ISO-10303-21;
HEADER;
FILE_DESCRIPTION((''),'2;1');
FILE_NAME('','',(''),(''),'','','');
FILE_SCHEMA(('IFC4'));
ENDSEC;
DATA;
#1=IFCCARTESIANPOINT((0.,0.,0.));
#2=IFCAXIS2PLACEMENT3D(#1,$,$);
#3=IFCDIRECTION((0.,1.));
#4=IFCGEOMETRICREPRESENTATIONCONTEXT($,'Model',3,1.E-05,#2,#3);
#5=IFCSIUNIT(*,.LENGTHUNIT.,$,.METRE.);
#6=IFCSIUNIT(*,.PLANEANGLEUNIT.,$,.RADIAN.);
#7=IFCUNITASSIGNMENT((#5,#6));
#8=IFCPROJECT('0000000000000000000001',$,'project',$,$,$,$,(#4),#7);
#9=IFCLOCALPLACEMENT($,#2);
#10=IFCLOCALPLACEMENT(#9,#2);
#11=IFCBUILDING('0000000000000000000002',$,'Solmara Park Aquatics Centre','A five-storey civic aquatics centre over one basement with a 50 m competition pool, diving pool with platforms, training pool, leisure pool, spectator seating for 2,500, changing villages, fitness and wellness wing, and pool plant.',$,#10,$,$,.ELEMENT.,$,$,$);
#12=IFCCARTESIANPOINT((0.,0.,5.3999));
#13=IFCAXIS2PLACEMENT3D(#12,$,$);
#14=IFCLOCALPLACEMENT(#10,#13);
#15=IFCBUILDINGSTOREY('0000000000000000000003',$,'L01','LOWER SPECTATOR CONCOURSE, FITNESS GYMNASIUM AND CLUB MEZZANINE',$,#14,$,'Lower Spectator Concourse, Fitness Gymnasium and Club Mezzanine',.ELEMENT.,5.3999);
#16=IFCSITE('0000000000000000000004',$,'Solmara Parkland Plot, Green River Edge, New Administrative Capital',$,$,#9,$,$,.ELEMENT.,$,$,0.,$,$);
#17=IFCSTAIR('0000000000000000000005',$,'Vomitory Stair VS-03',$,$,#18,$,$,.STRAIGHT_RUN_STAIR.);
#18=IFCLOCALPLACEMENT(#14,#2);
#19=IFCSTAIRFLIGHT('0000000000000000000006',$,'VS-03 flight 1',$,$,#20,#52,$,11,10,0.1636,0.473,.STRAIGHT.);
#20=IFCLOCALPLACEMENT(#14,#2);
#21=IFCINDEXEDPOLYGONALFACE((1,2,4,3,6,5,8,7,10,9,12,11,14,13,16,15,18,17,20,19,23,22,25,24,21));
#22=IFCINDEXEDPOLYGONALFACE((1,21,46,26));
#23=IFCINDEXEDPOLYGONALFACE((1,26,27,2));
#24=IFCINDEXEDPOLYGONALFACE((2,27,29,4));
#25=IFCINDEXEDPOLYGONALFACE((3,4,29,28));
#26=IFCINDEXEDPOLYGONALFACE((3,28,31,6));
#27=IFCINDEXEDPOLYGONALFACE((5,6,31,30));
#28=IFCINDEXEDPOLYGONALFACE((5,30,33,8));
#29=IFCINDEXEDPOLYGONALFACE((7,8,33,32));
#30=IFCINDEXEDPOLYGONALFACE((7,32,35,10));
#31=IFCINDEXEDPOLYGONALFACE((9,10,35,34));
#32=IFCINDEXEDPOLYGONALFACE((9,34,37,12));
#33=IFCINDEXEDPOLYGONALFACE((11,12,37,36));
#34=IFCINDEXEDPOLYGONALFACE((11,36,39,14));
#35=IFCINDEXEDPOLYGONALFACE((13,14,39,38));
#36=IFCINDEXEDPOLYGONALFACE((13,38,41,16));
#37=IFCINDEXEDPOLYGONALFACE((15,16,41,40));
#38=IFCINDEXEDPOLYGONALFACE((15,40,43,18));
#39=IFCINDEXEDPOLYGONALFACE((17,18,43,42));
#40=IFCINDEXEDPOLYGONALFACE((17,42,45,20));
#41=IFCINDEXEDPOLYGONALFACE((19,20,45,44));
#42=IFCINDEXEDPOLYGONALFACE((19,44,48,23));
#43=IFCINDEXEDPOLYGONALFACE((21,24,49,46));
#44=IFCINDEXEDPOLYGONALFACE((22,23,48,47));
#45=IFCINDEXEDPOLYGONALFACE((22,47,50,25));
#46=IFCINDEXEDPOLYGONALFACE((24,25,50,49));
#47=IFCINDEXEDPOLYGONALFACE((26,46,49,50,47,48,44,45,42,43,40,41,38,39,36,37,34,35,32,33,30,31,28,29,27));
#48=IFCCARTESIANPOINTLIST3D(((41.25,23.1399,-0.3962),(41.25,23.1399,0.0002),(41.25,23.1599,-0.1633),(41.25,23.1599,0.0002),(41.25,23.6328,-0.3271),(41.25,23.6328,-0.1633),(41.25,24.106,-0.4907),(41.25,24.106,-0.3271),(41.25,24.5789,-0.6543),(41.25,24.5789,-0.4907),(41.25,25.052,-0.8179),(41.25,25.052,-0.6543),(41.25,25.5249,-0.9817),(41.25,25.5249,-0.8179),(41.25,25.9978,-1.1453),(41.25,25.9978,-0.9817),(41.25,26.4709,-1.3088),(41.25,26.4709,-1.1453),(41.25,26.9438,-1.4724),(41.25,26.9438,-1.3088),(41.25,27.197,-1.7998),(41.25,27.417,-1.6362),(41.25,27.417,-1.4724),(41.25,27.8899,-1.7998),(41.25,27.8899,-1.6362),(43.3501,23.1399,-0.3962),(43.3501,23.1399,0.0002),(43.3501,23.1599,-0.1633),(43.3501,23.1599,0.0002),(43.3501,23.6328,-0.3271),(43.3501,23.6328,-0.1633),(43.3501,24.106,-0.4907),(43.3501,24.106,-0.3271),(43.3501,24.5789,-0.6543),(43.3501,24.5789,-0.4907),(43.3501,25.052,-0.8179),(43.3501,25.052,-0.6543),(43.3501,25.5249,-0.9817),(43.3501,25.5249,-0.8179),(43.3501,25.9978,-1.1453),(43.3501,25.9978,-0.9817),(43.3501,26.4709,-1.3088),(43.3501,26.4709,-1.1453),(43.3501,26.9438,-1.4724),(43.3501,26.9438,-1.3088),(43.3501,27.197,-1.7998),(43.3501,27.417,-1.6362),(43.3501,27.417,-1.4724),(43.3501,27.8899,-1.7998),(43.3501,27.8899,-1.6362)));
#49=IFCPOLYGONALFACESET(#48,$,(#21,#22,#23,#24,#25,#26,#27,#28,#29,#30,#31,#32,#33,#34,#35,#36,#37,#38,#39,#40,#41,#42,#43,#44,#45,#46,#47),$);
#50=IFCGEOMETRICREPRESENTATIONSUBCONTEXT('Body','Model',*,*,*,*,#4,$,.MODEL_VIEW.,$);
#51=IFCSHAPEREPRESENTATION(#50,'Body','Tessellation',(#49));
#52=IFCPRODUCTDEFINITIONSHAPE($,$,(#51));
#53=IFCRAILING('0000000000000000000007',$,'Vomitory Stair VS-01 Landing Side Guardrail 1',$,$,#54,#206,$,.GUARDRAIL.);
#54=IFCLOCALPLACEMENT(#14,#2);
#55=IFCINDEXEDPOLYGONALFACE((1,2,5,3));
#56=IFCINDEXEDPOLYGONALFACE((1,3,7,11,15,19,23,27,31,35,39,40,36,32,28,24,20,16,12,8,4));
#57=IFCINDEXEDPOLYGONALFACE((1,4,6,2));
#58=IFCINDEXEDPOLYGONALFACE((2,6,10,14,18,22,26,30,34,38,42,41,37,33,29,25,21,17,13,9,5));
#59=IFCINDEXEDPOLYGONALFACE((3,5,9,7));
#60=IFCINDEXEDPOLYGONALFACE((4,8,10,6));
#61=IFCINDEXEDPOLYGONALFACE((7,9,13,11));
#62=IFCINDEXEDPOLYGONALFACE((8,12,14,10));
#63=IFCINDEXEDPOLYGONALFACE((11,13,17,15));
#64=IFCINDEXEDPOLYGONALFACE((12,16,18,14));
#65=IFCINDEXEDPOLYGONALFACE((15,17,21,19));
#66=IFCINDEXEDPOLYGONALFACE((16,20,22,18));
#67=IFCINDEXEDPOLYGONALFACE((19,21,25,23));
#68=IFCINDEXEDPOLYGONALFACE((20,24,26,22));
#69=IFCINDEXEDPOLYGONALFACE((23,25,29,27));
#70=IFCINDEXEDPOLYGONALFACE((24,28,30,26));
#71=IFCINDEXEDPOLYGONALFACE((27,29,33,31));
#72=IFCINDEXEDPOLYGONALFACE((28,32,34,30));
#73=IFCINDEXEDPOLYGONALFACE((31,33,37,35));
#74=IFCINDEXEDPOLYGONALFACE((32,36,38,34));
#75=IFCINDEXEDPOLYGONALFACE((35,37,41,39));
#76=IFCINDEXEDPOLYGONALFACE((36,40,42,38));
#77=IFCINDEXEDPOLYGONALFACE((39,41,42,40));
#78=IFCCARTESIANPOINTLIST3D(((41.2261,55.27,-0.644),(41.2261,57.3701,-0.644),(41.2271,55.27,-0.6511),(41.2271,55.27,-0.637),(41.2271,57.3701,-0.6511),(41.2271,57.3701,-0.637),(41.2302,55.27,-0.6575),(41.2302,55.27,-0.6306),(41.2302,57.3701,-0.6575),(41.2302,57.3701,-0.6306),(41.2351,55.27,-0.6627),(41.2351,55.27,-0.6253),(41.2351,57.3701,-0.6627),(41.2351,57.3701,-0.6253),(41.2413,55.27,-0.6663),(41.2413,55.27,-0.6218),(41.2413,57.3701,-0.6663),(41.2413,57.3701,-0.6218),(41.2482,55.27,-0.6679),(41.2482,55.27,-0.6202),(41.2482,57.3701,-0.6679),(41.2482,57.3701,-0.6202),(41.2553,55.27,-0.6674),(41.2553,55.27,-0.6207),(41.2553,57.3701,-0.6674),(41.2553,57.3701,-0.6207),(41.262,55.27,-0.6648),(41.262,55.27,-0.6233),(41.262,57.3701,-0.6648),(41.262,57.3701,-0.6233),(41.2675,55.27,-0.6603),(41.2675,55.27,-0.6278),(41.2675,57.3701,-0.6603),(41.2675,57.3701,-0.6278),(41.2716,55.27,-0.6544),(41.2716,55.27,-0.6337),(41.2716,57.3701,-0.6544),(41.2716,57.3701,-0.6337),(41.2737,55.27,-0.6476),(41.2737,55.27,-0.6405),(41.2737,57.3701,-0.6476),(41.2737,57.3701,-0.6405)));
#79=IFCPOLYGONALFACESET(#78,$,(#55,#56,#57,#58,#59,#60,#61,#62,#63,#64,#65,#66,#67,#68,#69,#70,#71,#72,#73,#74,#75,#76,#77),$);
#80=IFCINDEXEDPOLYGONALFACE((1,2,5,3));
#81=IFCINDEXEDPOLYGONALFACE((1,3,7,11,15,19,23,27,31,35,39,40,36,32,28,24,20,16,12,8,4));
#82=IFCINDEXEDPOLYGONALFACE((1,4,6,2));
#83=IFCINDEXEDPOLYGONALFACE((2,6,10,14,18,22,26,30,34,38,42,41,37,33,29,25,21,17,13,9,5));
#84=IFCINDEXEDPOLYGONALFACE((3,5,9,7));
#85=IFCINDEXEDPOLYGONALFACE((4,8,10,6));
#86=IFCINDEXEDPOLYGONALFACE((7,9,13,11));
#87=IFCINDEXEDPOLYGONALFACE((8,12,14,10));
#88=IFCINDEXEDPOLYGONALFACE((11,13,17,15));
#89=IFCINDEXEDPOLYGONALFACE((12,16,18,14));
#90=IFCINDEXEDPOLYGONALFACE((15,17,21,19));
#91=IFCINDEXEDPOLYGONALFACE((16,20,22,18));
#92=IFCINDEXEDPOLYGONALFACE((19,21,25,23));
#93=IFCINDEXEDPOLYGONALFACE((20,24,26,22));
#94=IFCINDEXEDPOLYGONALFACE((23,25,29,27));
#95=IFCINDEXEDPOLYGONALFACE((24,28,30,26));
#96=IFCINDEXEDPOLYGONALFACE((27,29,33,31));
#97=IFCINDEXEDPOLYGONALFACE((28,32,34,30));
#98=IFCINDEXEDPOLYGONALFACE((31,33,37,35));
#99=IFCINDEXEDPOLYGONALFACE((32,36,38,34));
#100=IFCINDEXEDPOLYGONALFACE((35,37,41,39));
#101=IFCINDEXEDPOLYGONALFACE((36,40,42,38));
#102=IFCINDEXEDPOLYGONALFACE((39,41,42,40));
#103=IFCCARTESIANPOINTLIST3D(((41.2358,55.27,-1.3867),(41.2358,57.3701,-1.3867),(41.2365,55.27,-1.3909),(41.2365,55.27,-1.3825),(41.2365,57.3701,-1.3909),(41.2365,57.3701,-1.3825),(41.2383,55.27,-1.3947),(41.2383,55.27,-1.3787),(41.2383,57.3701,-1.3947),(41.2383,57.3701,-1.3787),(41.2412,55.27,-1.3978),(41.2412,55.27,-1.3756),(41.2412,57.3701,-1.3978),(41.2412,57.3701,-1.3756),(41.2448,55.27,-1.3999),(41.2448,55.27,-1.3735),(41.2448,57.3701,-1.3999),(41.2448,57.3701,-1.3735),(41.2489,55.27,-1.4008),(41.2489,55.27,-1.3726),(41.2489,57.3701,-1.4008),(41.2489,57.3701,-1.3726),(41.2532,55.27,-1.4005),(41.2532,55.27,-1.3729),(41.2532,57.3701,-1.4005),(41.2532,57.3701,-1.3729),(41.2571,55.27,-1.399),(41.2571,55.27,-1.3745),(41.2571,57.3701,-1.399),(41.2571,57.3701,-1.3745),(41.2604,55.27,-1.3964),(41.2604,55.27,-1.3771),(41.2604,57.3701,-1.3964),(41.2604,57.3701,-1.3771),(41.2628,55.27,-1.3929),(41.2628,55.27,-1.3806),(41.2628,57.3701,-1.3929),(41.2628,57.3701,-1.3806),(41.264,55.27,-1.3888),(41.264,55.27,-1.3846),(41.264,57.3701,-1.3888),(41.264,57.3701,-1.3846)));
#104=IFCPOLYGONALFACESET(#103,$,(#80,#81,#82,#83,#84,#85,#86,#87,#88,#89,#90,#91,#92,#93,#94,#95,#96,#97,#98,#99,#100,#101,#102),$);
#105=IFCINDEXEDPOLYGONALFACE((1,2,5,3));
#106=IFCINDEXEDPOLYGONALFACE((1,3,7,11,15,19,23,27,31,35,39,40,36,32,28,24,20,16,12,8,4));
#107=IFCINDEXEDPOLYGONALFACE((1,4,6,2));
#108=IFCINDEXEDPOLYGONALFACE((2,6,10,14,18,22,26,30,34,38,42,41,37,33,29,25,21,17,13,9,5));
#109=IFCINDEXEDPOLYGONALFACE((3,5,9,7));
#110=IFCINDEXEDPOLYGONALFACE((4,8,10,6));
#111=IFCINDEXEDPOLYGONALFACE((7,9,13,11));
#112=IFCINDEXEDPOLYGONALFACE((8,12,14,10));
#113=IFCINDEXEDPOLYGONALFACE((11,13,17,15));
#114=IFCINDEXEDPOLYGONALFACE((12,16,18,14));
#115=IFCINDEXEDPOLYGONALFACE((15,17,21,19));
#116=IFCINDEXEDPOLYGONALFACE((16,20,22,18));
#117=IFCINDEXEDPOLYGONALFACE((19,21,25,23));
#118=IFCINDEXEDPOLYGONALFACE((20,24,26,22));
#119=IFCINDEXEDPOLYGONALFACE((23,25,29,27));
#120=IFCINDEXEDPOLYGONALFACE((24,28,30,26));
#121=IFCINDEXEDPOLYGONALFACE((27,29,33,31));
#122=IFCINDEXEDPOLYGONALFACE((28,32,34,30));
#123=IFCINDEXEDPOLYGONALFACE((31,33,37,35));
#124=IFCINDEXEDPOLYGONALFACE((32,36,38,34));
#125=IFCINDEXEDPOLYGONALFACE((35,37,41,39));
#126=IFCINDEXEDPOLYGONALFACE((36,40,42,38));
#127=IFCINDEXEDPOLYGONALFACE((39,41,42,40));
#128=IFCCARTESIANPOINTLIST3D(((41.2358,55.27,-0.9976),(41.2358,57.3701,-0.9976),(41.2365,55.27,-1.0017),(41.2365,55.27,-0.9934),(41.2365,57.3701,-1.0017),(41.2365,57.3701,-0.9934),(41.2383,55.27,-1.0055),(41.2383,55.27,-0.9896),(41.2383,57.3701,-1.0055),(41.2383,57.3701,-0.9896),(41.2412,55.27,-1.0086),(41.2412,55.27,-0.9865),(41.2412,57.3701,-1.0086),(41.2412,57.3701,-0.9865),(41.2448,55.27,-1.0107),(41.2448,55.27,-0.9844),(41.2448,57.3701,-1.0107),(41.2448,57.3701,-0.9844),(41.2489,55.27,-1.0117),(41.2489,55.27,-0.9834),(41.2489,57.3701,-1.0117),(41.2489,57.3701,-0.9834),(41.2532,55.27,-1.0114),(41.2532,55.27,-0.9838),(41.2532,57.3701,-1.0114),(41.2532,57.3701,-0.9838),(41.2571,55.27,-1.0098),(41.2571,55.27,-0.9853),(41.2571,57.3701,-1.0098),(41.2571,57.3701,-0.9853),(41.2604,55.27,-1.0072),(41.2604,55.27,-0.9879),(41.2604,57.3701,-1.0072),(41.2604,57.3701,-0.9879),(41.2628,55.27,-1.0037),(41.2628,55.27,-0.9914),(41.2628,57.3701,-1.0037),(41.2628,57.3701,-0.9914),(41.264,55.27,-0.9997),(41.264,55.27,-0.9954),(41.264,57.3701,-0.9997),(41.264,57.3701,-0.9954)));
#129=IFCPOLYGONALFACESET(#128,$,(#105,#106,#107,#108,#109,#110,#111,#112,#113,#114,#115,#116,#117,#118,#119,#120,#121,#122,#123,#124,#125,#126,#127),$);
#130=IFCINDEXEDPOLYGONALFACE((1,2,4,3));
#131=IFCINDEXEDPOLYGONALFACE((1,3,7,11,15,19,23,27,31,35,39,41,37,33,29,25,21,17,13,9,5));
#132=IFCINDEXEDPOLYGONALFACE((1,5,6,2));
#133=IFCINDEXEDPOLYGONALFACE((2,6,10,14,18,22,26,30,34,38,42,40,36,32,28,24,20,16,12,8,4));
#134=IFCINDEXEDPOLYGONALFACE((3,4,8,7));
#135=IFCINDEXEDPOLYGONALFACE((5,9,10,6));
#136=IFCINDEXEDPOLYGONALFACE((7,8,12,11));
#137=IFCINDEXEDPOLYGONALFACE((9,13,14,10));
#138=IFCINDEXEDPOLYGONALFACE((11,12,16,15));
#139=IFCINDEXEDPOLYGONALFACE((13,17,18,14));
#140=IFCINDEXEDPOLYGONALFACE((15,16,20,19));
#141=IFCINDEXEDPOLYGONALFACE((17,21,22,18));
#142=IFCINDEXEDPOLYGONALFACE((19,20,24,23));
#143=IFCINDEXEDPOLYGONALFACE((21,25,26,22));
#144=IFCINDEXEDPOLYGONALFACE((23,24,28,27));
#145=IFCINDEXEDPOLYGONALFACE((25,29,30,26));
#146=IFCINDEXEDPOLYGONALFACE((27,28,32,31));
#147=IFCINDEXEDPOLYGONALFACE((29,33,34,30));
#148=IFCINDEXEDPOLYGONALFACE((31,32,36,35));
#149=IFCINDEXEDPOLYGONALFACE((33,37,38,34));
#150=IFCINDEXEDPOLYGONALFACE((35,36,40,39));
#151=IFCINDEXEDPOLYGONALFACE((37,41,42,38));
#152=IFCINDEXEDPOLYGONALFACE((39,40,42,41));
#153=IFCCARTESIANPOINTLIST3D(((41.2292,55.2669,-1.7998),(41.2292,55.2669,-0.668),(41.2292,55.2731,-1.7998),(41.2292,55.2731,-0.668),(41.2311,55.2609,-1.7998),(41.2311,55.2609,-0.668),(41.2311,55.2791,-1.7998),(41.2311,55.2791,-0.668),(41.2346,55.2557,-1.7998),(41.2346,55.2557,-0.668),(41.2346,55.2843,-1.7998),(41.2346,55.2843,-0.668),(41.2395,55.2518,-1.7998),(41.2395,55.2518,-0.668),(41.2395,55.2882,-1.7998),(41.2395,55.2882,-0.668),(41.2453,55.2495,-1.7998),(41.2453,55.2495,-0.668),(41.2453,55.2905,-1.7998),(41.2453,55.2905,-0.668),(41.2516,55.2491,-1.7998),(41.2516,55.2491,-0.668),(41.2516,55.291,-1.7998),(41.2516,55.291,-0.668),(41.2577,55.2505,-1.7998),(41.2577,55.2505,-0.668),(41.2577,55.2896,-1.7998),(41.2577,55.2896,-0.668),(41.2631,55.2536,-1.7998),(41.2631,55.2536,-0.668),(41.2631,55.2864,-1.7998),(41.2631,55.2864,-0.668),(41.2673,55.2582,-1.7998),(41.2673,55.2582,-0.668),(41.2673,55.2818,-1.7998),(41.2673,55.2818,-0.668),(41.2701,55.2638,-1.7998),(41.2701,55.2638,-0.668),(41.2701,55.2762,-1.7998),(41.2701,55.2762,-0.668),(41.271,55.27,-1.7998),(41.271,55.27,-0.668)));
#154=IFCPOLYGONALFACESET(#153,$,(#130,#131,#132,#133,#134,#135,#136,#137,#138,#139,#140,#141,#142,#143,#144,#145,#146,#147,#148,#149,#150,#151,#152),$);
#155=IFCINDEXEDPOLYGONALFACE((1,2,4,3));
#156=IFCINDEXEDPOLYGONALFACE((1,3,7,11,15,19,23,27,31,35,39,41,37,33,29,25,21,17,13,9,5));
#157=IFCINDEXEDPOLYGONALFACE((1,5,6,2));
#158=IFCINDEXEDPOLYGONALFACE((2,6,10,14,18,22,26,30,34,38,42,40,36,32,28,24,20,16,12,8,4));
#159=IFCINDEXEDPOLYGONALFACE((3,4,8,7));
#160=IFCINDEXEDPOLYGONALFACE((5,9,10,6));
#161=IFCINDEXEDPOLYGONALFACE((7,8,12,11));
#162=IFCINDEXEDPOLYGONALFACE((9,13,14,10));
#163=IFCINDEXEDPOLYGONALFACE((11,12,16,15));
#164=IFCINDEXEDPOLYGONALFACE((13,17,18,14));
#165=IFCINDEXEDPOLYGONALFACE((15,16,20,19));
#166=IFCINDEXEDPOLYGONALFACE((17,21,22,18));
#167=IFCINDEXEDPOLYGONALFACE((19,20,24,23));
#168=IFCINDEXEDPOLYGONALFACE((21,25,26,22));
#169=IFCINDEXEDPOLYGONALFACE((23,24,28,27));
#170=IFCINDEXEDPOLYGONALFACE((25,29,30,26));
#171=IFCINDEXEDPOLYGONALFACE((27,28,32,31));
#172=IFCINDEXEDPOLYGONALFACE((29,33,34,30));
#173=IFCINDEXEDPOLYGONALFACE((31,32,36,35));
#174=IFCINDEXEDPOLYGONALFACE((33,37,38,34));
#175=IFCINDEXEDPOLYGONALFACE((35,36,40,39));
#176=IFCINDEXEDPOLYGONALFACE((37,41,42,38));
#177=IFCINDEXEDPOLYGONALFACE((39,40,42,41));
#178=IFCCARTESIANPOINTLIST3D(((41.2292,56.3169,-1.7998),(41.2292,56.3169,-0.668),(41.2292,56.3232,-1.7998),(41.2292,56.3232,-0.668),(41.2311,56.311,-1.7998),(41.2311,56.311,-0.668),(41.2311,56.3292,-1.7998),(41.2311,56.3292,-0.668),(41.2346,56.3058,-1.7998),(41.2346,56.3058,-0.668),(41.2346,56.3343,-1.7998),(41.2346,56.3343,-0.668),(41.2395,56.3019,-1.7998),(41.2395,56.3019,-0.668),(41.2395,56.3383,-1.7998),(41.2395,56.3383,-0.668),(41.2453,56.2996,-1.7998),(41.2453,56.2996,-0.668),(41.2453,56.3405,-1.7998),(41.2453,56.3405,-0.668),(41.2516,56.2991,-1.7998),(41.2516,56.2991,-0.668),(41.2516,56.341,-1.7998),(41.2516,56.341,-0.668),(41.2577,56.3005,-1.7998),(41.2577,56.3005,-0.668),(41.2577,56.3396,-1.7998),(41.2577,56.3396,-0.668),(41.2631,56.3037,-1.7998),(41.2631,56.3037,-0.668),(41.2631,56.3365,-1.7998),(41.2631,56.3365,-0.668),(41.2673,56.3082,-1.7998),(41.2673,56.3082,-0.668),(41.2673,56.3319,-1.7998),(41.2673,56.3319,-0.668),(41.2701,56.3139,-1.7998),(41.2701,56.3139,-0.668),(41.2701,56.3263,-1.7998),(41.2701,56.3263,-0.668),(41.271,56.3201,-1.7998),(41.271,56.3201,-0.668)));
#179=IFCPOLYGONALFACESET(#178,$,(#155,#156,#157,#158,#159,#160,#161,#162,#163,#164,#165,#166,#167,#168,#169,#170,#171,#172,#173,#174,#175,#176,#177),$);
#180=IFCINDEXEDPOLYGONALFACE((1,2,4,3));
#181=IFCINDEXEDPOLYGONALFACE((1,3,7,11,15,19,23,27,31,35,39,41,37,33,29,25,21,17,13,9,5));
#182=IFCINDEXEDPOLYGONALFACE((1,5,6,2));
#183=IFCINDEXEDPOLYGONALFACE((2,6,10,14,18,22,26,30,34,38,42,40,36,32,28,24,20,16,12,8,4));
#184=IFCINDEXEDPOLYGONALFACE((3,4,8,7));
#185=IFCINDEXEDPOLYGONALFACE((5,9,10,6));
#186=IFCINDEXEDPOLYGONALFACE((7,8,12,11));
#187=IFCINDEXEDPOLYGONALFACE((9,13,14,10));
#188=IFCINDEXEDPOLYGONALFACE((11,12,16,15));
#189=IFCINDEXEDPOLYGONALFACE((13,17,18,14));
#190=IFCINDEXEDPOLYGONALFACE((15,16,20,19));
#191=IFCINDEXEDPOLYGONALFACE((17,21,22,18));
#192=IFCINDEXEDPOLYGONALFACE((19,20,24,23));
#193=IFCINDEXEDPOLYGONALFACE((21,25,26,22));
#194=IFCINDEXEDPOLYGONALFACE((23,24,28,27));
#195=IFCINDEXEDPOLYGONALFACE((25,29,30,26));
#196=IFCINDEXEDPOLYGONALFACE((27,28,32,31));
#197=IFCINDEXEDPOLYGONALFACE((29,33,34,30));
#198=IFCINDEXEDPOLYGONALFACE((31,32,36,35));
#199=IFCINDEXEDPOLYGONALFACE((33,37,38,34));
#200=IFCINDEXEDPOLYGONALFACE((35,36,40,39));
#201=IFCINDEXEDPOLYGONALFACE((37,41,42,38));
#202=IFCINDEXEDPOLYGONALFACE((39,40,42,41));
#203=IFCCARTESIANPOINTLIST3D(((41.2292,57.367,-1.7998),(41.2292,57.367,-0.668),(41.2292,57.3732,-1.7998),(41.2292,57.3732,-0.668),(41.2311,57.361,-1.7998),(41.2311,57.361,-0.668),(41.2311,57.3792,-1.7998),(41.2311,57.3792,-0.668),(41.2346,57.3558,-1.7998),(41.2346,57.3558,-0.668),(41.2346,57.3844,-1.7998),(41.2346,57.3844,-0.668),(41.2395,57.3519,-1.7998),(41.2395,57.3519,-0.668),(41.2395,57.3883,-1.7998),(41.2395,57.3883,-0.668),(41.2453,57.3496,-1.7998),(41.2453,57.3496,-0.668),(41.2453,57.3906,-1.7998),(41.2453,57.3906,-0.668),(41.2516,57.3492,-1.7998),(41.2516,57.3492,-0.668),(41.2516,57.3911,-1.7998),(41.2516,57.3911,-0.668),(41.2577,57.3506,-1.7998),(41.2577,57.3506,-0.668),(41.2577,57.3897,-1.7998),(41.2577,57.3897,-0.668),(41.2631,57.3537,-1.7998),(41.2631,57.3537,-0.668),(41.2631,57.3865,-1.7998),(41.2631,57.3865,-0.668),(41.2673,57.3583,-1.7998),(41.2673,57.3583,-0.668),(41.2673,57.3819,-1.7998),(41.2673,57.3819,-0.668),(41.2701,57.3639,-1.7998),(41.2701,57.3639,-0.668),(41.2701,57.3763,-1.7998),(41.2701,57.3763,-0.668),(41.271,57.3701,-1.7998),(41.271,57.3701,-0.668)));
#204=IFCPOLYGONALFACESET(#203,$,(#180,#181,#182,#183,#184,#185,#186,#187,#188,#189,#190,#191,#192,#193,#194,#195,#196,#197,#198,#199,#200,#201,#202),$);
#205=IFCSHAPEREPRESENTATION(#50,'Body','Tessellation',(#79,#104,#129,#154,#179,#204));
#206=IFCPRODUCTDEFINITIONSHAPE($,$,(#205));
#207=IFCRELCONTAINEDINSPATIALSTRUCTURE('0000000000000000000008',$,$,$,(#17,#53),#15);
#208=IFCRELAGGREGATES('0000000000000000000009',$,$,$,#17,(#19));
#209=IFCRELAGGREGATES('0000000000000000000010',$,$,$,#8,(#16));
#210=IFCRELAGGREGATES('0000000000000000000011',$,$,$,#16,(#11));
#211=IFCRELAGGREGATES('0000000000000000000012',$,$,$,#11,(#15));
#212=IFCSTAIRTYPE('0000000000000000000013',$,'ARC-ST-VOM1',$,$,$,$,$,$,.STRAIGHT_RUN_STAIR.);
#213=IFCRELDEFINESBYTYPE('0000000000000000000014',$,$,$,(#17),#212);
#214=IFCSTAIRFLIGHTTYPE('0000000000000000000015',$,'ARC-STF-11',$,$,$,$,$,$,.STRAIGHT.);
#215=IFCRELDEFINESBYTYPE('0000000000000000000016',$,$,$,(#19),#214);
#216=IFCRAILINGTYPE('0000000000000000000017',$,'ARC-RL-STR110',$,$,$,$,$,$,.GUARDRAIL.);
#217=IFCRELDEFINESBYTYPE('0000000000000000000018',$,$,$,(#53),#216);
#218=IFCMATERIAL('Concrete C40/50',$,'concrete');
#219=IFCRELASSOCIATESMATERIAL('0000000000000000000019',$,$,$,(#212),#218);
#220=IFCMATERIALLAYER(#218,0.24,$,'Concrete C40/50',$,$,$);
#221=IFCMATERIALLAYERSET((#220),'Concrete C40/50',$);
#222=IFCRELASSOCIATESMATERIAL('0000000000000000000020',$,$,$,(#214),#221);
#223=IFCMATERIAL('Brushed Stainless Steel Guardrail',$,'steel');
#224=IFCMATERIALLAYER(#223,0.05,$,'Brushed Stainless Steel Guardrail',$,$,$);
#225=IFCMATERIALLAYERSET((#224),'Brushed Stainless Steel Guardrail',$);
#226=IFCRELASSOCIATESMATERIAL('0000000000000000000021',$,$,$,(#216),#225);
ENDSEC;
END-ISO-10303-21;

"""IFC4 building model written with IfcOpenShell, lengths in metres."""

from ifc_helpers import new_model, si_unit, direction, frame, origin, origin_2d, place, context, subcontext, project, spatial, polyline, circle, outline, extrude, material, layer, layer_set, type_object, element, aggregate, save


model = new_model("IFC4")

# Units and contexts
model_context = context("Model", 3, precision=1e-05, world=origin(), true_north=direction((0.0, 1.0)))
body_context = subcontext(model_context, "Body", "Model", "MODEL_VIEW")
ifc_project = project(units=[si_unit("LENGTHUNIT", "METRE"), si_unit("PLANEANGLEUNIT", "RADIAN")], contexts=[model_context])

# Site, building, storey
site_placement = place(None, origin())
site = spatial("IfcSite", under=ifc_project, at=site_placement, Name="Solmara Parkland Plot, Green River Edge, New Administrative Capital", CompositionType="ELEMENT", RefElevation=0.0)
building_placement = place(site_placement, origin())
building = spatial("IfcBuilding", under=site, at=building_placement, Name="Solmara Park Aquatics Centre", Description="A five-storey civic aquatics centre over one basement with a 50 m competition pool, diving pool with platforms, training pool, leisure pool, spectator seating for 2,500, changing villages, fitness and wellness wing, and pool plant.", CompositionType="ELEMENT")
storey_placement = place(building_placement, frame((0.0, 0.0, 5.3999)))
storey = spatial("IfcBuildingStorey", under=building, at=storey_placement, Name="L01", Description="LOWER SPECTATOR CONCOURSE, FITNESS GYMNASIUM AND CLUB MEZZANINE", LongName="Lower Spectator Concourse, Fitness Gymnasium and Club Mezzanine", CompositionType="ELEMENT", Elevation=5.3999)

# Shared definitions
ifc_material_1 = material(Name="Concrete C40/50", Category="concrete")

# Stair, stair flight
stair_type = type_object("IfcStairType", Name="ARC-ST-VOM1", PredefinedType="STRAIGHT_RUN_STAIR", material=ifc_material_1)
stair_placement = place(storey_placement, origin())
stair = element("IfcStair", 1, at=stair_placement, inside=storey, type_object=stair_type, Name="Vomitory Stair VS-03", PredefinedType="STRAIGHT_RUN_STAIR")
ifc_layer_1 = layer(ifc_material_1, 0.24, Name="Concrete C40/50")
ifc_layer_set_1 = layer_set([ifc_layer_1], Name="Concrete C40/50")
stair_flight_type = type_object("IfcStairFlightType", Name="ARC-STF-11", PredefinedType="STRAIGHT", material=ifc_layer_set_1)
stair_flight_placement = place(storey_placement, frame((42.3, 27.8899, -1.7998), z_axis=(0.0, 0.0, 1.0), x_axis=(0.0, -1.0, 0.0)))
stair_flight = element("IfcStairFlight", 2, at=stair_flight_placement, type_object=stair_flight_type, Name="VS-03 flight 1", NumberOfRisers=11, NumberOfTreads=10, PredefinedType="STRAIGHT", RiserHeight=0.1636, TreadLength=0.473, context=body_context, shape_type="SweptSolid", body=[
    extrude(outline(polyline([(0.0, 0.0), (0.0, 0.1636), (0.4729, 0.1636), (0.4729, 0.3274), (0.946, 0.3274), (0.946, 0.491), (1.4189, 0.491), (1.4189, 0.6545), (1.8921, 0.6545), (1.8921, 0.8181), (2.365, 0.8181), (2.365, 0.9819), (2.8379, 0.9819), (2.8379, 1.1455), (3.311, 1.1455), (3.311, 1.3091), (3.7839, 1.3091), (3.7839, 1.4727), (4.2571, 1.4727), (4.2571, 1.6365), (4.73, 1.6365), (4.73, 1.8), (4.75, 1.8), (4.75, 1.4036), (0.6929, 0.0), (0.0, 0.0)])), frame((0.0, 1.05, 0.0), z_axis=(0.0, -1.0, 0.0), x_axis=(1.0, 0.0, 0.0)), (0.0, 0.0, 1.0), 2.1001),
])
aggregate(stair, [stair_flight])

# Railing
ifc_material_2 = material(Name="Brushed Stainless Steel Guardrail", Category="steel")
ifc_layer_2 = layer(ifc_material_2, 0.05, Name="Brushed Stainless Steel Guardrail")
ifc_layer_set_2 = layer_set([ifc_layer_2], Name="Brushed Stainless Steel Guardrail")
railing_type_1 = type_object("IfcRailingType", Name="ARC-RL-STR110", PredefinedType="GUARDRAIL", material=ifc_layer_set_2)
railing_1_placement = place(storey_placement, frame((41.25, 55.27, -1.7998)))
element("IfcRailing", 3, at=railing_1_placement, inside=storey, type_object=railing_type_1, Name="Vomitory Stair VS-01 Landing Side Guardrail 1", PredefinedType="GUARDRAIL", context=body_context, shape_type="SweptSolid", body=[
    extrude(circle(Radius=0.0239, at=origin_2d()), frame((0.0, 0.0, 1.1558), z_axis=(0.0, 1.0, 0.0), x_axis=(-1.0, 0.0, 0.0)), (0.0, 0.0, 1.0), 2.1001),
    extrude(circle(Radius=0.0142, at=origin_2d()), frame((0.0, 0.0, 0.4131), z_axis=(0.0, 1.0, 0.0), x_axis=(-1.0, 0.0, 0.0)), (0.0, 0.0, 1.0), 2.1001),
    extrude(circle(Radius=0.0142, at=origin_2d()), frame((0.0, 0.0, 0.8022), z_axis=(0.0, 1.0, 0.0), x_axis=(-1.0, 0.0, 0.0)), (0.0, 0.0, 1.0), 2.1001),
    extrude(circle(Radius=0.021, at=origin_2d()), origin(), (0.0, 0.0, 1.0), 1.1318),
    extrude(circle(Radius=0.021, at=origin_2d()), frame((0.0, 1.05, 0.0)), (0.0, 0.0, 1.0), 1.1318),
    extrude(circle(Radius=0.021, at=origin_2d()), frame((0.0, 2.1001, 0.0)), (0.0, 0.0, 1.0), 1.1318),
])

save(model, "model.ifc")
